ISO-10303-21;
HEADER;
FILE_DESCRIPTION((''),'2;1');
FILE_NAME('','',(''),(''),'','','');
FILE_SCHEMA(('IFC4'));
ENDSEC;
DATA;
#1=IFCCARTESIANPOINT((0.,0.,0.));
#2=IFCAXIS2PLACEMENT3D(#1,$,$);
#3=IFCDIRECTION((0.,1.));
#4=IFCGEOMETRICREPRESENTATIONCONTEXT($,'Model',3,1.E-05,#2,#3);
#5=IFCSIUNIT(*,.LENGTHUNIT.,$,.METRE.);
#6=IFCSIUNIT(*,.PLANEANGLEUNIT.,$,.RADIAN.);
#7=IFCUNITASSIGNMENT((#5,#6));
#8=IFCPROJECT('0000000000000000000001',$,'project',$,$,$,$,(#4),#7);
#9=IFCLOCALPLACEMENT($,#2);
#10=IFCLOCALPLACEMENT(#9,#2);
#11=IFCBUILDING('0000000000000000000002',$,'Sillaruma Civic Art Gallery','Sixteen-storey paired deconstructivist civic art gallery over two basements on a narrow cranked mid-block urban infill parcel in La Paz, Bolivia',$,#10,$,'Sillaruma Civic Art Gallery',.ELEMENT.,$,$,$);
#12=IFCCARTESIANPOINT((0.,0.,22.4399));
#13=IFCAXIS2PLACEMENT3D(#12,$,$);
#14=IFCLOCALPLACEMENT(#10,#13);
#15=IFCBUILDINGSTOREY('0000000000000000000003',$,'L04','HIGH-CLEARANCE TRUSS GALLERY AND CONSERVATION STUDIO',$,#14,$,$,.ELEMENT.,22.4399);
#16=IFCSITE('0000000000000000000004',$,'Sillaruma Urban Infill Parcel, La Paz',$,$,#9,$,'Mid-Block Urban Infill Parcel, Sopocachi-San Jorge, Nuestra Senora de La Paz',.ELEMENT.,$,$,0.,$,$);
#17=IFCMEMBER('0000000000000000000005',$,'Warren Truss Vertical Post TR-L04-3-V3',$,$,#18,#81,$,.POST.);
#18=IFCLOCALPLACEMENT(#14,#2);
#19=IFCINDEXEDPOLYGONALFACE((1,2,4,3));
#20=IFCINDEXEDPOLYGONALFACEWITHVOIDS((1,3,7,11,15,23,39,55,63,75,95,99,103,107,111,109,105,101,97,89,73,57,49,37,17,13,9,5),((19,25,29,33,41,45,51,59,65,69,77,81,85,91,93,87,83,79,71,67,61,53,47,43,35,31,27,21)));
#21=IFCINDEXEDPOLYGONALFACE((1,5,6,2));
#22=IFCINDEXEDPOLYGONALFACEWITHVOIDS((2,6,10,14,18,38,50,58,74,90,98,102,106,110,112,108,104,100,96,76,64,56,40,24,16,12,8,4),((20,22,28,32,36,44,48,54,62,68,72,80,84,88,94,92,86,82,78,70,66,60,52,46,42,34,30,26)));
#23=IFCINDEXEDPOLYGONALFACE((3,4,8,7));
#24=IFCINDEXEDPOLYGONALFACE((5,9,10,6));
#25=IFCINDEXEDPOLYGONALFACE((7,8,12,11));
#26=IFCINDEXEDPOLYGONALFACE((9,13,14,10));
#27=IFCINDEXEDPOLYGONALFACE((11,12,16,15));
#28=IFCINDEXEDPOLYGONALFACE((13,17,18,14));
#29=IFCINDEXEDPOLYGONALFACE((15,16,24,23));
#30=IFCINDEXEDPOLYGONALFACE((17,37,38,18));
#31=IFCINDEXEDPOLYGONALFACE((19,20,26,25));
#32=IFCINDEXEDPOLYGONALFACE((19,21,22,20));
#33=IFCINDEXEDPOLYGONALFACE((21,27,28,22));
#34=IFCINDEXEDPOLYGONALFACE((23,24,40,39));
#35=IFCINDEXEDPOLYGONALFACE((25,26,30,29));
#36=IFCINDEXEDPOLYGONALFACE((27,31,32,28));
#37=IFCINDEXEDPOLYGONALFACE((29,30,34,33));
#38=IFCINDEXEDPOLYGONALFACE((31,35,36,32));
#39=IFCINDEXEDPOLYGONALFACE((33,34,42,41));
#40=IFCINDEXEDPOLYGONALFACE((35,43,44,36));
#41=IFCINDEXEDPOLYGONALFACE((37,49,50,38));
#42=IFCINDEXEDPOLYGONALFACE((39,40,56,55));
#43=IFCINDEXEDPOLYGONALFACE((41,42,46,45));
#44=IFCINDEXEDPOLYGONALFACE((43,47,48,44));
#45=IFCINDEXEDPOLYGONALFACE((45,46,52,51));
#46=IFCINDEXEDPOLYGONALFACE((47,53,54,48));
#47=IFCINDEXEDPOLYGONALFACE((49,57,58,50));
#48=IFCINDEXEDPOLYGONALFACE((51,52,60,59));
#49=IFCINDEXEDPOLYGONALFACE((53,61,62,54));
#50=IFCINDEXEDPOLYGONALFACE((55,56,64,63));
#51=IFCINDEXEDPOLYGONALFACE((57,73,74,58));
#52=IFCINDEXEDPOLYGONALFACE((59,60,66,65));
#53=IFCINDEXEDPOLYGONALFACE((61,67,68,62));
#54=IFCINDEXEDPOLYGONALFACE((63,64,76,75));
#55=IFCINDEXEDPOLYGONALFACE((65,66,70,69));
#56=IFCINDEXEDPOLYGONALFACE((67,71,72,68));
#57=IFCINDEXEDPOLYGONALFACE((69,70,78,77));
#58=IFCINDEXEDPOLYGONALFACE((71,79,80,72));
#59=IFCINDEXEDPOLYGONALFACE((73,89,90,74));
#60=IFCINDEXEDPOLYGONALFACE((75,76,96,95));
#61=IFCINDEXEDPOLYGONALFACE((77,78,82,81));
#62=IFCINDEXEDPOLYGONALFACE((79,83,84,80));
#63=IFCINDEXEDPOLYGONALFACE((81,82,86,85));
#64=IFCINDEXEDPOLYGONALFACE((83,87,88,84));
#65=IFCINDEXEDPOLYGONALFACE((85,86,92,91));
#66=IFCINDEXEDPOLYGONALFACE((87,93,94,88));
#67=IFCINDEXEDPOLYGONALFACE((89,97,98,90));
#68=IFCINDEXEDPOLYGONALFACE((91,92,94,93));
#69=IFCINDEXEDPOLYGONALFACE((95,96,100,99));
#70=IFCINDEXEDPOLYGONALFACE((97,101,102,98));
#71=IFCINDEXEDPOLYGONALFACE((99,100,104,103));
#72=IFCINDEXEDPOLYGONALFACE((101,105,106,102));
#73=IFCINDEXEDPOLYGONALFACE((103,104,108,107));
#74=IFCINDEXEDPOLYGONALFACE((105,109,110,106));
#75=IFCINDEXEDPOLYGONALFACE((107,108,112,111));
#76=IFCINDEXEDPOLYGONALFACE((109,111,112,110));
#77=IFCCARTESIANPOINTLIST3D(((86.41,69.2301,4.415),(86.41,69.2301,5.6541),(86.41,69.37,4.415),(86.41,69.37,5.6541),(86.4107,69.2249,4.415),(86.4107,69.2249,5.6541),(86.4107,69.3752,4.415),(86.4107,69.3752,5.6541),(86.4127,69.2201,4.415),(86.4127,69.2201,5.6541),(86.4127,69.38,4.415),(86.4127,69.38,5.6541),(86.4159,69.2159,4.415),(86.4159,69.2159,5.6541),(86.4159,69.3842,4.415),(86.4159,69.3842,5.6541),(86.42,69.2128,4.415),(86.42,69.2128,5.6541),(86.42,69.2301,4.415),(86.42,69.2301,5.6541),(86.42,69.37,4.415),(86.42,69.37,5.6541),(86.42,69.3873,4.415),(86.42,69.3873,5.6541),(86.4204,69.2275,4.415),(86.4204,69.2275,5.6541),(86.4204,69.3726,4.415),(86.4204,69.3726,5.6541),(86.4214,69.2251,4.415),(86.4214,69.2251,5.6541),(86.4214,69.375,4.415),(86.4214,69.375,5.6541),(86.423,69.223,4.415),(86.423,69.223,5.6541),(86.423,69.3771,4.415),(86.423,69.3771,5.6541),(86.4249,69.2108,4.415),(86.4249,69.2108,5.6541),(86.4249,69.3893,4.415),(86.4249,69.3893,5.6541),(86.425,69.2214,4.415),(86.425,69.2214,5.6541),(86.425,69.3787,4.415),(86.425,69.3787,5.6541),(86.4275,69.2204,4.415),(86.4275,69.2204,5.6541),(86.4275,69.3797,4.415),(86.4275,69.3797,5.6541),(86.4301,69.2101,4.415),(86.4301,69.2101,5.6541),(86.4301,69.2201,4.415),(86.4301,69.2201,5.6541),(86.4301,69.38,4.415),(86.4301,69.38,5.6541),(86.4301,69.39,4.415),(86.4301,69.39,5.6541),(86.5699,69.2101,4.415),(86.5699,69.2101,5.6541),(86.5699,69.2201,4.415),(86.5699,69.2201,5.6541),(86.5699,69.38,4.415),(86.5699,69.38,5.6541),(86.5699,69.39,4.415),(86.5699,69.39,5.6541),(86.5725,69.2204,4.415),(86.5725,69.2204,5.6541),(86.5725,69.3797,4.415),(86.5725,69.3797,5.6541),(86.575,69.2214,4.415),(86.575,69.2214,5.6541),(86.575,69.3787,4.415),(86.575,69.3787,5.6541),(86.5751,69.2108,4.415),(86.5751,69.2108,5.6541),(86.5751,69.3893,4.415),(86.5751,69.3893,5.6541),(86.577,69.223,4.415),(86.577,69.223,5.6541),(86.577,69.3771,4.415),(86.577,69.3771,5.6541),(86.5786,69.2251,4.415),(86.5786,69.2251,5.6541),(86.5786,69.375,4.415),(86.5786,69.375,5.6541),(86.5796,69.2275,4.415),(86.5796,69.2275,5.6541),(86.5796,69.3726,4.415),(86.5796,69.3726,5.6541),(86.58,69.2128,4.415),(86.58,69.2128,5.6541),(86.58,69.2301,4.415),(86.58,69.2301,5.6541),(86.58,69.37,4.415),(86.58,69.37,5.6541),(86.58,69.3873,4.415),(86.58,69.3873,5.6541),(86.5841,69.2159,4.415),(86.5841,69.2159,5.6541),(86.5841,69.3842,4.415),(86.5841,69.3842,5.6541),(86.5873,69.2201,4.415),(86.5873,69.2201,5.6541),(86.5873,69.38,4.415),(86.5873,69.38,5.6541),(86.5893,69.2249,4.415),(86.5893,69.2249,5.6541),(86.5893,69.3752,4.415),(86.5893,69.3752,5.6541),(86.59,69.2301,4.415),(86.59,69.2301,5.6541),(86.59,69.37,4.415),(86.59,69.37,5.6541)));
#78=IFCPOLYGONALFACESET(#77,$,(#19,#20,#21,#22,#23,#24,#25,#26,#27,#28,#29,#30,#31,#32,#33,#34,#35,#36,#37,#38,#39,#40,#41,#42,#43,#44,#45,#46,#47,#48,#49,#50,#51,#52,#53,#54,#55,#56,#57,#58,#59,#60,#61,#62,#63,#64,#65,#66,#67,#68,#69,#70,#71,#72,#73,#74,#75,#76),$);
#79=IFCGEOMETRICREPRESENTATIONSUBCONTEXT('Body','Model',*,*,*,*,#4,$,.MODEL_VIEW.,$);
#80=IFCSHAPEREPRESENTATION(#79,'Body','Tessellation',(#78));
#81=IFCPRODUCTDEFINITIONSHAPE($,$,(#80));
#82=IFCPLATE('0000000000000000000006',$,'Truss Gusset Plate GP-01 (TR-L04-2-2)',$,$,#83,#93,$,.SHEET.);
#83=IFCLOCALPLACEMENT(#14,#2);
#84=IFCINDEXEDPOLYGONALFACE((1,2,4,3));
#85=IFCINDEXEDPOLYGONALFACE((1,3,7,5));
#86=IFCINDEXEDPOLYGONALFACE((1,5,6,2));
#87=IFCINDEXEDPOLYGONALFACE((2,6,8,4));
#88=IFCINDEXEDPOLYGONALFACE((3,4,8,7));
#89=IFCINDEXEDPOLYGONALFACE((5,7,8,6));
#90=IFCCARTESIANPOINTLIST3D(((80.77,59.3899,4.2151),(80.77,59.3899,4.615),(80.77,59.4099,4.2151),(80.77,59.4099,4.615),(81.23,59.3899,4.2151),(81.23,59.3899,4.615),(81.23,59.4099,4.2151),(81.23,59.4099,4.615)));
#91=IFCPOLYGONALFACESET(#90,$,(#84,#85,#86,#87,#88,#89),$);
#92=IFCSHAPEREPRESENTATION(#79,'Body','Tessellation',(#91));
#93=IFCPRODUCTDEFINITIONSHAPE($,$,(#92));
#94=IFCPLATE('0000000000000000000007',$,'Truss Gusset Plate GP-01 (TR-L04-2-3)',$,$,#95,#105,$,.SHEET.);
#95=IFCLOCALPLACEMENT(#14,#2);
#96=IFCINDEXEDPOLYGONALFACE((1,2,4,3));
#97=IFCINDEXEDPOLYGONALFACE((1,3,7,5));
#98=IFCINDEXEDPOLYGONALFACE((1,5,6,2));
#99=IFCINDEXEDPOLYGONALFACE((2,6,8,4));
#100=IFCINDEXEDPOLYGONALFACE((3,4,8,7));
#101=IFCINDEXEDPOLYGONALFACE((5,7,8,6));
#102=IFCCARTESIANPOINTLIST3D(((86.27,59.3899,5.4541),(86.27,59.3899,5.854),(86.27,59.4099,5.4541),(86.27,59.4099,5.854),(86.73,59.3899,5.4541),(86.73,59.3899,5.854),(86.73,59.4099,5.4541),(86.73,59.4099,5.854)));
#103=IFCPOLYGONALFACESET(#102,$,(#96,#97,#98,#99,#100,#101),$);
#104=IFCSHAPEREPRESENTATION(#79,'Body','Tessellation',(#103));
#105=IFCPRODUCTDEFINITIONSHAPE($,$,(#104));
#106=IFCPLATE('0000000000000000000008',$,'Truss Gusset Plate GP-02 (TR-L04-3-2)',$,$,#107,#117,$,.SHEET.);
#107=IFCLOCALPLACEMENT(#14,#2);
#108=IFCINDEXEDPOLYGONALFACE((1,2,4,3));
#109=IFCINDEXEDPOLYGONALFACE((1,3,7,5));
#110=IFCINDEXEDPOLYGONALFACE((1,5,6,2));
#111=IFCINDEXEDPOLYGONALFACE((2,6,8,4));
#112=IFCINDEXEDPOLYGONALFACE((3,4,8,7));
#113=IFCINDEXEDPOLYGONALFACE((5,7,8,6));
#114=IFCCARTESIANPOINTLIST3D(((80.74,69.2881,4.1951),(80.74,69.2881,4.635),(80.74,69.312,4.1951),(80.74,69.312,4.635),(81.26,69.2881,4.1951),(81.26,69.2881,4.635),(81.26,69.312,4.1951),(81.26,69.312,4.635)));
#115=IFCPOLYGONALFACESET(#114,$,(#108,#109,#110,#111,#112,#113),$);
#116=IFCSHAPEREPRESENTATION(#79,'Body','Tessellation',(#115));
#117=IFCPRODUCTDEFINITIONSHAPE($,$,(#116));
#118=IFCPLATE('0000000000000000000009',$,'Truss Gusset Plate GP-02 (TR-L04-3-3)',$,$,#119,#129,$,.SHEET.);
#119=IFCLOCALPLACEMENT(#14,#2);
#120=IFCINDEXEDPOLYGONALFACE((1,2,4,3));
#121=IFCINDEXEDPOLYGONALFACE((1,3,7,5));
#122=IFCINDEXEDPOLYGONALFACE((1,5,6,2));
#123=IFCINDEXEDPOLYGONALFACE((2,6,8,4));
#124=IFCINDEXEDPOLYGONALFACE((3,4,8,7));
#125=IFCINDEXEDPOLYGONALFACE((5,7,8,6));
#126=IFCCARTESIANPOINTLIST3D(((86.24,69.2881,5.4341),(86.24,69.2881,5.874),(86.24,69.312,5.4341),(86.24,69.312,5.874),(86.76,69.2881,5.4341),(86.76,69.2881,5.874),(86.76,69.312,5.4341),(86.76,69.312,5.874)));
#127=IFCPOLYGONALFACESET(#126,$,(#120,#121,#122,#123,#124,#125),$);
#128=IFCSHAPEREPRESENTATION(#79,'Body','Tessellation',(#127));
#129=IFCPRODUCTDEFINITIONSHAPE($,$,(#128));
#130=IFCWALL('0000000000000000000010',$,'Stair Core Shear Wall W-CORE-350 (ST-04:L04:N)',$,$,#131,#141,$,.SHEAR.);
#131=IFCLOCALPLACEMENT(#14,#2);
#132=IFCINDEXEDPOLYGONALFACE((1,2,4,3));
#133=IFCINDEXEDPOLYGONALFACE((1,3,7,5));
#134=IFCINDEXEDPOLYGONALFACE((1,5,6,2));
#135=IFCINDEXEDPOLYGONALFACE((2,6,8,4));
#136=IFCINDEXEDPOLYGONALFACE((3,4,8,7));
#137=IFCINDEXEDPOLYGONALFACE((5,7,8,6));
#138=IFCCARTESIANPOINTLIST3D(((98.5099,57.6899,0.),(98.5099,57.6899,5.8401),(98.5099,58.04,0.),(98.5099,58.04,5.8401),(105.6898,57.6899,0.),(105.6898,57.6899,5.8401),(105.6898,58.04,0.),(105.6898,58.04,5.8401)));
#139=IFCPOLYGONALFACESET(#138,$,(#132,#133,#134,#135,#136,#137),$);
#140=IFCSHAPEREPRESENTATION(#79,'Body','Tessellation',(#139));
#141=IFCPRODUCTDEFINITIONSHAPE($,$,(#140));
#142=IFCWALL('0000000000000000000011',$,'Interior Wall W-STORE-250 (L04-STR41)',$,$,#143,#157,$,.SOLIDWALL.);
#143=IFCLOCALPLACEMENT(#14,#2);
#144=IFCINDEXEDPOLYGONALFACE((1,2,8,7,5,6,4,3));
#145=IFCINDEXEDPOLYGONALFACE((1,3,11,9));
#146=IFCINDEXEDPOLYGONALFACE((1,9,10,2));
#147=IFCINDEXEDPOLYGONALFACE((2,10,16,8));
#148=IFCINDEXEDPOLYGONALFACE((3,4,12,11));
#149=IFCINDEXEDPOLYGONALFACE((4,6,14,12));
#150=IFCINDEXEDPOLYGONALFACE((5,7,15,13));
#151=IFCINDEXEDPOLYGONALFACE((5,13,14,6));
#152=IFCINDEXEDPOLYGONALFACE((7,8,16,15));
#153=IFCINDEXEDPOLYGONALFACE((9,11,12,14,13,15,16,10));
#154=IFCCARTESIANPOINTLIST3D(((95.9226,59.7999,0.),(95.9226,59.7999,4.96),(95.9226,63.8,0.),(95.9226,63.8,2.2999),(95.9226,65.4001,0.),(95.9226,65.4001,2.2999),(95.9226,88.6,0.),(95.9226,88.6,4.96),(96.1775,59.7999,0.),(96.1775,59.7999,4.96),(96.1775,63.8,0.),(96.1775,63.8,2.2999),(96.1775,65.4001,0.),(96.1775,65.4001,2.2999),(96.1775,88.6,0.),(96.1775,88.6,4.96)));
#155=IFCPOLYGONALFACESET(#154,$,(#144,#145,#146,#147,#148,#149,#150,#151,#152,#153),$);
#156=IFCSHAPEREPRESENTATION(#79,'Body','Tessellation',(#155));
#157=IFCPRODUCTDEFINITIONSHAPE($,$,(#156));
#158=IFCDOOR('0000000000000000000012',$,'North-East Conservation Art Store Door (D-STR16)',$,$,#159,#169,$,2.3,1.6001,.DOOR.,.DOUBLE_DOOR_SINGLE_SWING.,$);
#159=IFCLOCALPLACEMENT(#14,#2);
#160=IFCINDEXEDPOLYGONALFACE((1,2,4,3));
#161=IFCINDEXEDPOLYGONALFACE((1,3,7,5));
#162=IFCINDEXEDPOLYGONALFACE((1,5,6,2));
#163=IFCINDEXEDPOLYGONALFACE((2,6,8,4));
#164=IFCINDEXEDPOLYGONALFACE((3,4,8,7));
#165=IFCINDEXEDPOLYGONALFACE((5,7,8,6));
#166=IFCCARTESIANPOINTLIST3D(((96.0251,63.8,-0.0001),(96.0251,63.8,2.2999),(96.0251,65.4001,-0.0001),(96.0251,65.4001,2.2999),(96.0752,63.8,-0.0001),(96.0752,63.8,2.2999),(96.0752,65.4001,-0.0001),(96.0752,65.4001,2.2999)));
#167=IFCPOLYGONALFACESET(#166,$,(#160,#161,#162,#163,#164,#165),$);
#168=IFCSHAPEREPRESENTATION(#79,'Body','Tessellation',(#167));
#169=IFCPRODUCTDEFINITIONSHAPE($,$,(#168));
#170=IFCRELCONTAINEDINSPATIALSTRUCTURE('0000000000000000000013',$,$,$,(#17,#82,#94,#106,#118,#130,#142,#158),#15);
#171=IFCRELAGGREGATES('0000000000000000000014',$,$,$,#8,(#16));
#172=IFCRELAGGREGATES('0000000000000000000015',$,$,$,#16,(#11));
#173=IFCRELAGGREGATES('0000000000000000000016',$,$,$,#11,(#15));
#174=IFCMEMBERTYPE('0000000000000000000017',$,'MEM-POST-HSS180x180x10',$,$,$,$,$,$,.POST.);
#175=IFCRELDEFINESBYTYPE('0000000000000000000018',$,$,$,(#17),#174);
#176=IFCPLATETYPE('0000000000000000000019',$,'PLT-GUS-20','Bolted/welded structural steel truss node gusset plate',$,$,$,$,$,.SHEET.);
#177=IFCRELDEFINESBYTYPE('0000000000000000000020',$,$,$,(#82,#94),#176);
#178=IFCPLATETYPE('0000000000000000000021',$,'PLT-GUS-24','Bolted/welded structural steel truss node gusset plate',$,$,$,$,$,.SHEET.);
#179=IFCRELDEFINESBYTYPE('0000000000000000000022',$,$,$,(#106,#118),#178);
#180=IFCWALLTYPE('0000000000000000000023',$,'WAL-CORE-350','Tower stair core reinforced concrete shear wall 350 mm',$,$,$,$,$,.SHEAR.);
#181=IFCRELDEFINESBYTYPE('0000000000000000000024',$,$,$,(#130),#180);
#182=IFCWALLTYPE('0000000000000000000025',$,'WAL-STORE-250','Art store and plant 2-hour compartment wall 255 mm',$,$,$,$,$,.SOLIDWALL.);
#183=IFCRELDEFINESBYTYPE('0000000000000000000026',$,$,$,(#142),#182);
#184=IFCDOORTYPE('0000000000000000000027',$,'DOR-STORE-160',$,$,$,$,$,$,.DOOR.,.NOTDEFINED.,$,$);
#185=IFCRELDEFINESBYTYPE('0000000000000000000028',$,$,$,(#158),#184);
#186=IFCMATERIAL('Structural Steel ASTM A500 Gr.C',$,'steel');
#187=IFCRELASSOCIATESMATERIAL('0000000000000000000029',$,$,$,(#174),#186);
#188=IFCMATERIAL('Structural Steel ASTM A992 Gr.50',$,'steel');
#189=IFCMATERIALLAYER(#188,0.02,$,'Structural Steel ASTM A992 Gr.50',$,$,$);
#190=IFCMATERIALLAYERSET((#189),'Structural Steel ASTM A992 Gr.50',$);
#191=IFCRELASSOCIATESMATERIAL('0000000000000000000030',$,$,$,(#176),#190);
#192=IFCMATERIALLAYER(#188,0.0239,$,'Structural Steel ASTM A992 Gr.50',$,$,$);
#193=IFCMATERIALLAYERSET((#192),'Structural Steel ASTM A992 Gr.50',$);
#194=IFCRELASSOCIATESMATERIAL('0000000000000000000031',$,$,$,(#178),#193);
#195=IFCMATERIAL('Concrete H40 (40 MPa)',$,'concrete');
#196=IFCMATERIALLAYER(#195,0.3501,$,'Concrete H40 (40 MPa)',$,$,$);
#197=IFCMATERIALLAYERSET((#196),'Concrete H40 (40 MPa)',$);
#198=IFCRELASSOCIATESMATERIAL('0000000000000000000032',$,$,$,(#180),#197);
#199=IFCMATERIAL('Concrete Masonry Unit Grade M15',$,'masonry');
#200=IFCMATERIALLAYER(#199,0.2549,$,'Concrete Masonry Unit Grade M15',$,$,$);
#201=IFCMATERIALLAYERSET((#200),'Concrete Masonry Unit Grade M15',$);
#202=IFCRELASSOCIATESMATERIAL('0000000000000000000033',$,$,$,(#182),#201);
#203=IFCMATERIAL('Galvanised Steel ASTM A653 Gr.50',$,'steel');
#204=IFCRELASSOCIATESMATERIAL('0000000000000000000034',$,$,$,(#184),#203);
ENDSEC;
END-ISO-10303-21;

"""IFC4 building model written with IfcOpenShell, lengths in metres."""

from ifc_helpers import new_model, si_unit, direction, frame, frame_2d, origin, origin_2d, place, context, subcontext, project, spatial, rectangle, hollow_rectangle, extrude, material, layer, layer_set, material_profile, profile_set, type_object, element, fill, save


model = new_model("IFC4")

# Units and contexts
model_context = context("Model", 3, precision=1e-05, world=origin(), true_north=direction((0.0, 1.0)))
body_context = subcontext(model_context, "Body", "Model", "MODEL_VIEW")
ifc_project = project(units=[si_unit("LENGTHUNIT", "METRE"), si_unit("PLANEANGLEUNIT", "RADIAN")], contexts=[model_context])

# Site, building, storey
site_placement = place(None, origin())
site = spatial("IfcSite", under=ifc_project, at=site_placement, Name="Sillaruma Urban Infill Parcel, La Paz", LongName="Mid-Block Urban Infill Parcel, Sopocachi-San Jorge, Nuestra Senora de La Paz", CompositionType="ELEMENT", RefElevation=0.0)
building_placement = place(site_placement, origin())
building = spatial("IfcBuilding", under=site, at=building_placement, Name="Sillaruma Civic Art Gallery", Description="Sixteen-storey paired deconstructivist civic art gallery over two basements on a narrow cranked mid-block urban infill parcel in La Paz, Bolivia", LongName="Sillaruma Civic Art Gallery", CompositionType="ELEMENT")
storey_placement = place(building_placement, frame((0.0, 0.0, 22.4399)))
storey = spatial("IfcBuildingStorey", under=building, at=storey_placement, Name="L04", Description="HIGH-CLEARANCE TRUSS GALLERY AND CONSERVATION STUDIO", CompositionType="ELEMENT", Elevation=22.4399)

# Shared definitions
ifc_material_1 = material(Name="Concrete H40 (40 MPa)", Category="concrete")

# Shared definitions
ifc_material_2 = material(Name="Structural Steel ASTM A992 Gr.50", Category="steel")
ifc_material_3 = material(Name="Structural Steel ASTM A500 Gr.C", Category="steel")

# Member
ifc_material_profile_1 = material_profile(ifc_material_3, hollow_rectangle(XDim=0.1799, YDim=0.1799, WallThickness=0.01, InnerFilletRadius=0.01, OuterFilletRadius=0.02, at=origin_2d()), Name="HSS180x180x10")
ifc_profile_set_1 = profile_set([ifc_material_profile_1], Name="Structural Steel ASTM A500 Gr.C")
member_type_1 = type_object("IfcMemberType", Name="MEM-POST-HSS180x180x10", PredefinedType="POST", material=ifc_profile_set_1)
for number, where, z_axis, x_axis, name in (
    (1, (86.5, 69.3, 4.415), (0.0, 0.0, 1.0), (1.0, 0.0, 0.0), "Warren Truss Vertical Post TR-L04-3-V3"),
):
    element("IfcMember", number, at=place(storey_placement, frame(where, z_axis=z_axis, x_axis=x_axis)), inside=storey, type_object=member_type_1, Name=name, PredefinedType="POST", context=body_context, shape_type="SweptSolid", body=[
        extrude(hollow_rectangle(XDim=0.1799, YDim=0.1799, WallThickness=0.01, InnerFilletRadius=0.01, OuterFilletRadius=0.02, at=origin_2d()), origin(), (0.0, 0.0, 1.0), 1.239),
    ])

# Plates
ifc_layer_1 = layer(ifc_material_2, 0.02, Name="Structural Steel ASTM A992 Gr.50")
ifc_layer_set_1 = layer_set([ifc_layer_1], Name="Structural Steel ASTM A992 Gr.50")
plate_type_1 = type_object("IfcPlateType", Name="PLT-GUS-20", Description="Bolted/welded structural steel truss node gusset plate", PredefinedType="SHEET", material=ifc_layer_set_1)
for number, where, z_axis, x_axis, name in (
    (2, (81.0, 59.3999, 4.2151), (0.0, 0.0, 1.0), (1.0, 0.0, 0.0), "Truss Gusset Plate GP-01 (TR-L04-2-2)"),
    (3, (86.5, 59.3999, 5.4541), (0.0, 0.0, 1.0), (1.0, 0.0, 0.0), "Truss Gusset Plate GP-01 (TR-L04-2-3)"),
):
    element("IfcPlate", number, at=place(storey_placement, frame(where, z_axis=z_axis, x_axis=x_axis)), inside=storey, type_object=plate_type_1, Name=name, PredefinedType="SHEET", context=body_context, shape_type="SweptSolid", body=[
        extrude(rectangle(XDim=0.46, YDim=0.02, at=origin_2d()), origin(), (0.0, 0.0, 1.0), 0.3999),
    ])
ifc_layer_2 = layer(ifc_material_2, 0.0239, Name="Structural Steel ASTM A992 Gr.50")
ifc_layer_set_2 = layer_set([ifc_layer_2], Name="Structural Steel ASTM A992 Gr.50")
plate_type_2 = type_object("IfcPlateType", Name="PLT-GUS-24", Description="Bolted/welded structural steel truss node gusset plate", PredefinedType="SHEET", material=ifc_layer_set_2)
for number, where, z_axis, x_axis, name in (
    (4, (81.0, 69.3, 4.1951), (0.0, 0.0, 1.0), (1.0, 0.0, 0.0), "Truss Gusset Plate GP-02 (TR-L04-3-2)"),
    (5, (86.5, 69.3, 5.4341), (0.0, 0.0, 1.0), (1.0, 0.0, 0.0), "Truss Gusset Plate GP-02 (TR-L04-3-3)"),
):
    element("IfcPlate", number, at=place(storey_placement, frame(where, z_axis=z_axis, x_axis=x_axis)), inside=storey, type_object=plate_type_2, Name=name, PredefinedType="SHEET", context=body_context, shape_type="SweptSolid", body=[
        extrude(rectangle(XDim=0.52, YDim=0.0239, at=origin_2d()), origin(), (0.0, 0.0, 1.0), 0.4399),
    ])

# Wall
ifc_layer_3 = layer(ifc_material_1, 0.3501, Name="Concrete H40 (40 MPa)")
ifc_layer_set_3 = layer_set([ifc_layer_3], Name="Concrete H40 (40 MPa)")
wall_type_1 = type_object("IfcWallType", Name="WAL-CORE-350", Description="Tower stair core reinforced concrete shear wall 350 mm", PredefinedType="SHEAR", material=ifc_layer_set_3)
wall_1_placement = place(storey_placement, frame((98.51, 57.865, 0.0), z_axis=(0.0, 0.0, 1.0), x_axis=(1.0, 0.0, 0.0)))
element("IfcWall", 6, at=wall_1_placement, inside=storey, type_object=wall_type_1, Name="Stair Core Shear Wall W-CORE-350 (ST-04:L04:N)", PredefinedType="SHEAR", context=body_context, shape_type="SweptSolid", body=[
    extrude(rectangle(XDim=7.1799, YDim=0.3501, at=frame_2d((3.5898, 0.0))), origin(), (0.0, 0.0, 1.0), 5.8401),
])

# Wall, opening, door
ifc_material_4 = material(Name="Concrete Masonry Unit Grade M15", Category="masonry")
ifc_layer_4 = layer(ifc_material_4, 0.2549, Name="Concrete Masonry Unit Grade M15")
ifc_layer_set_4 = layer_set([ifc_layer_4], Name="Concrete Masonry Unit Grade M15")
wall_type_2 = type_object("IfcWallType", Name="WAL-STORE-250", Description="Art store and plant 2-hour compartment wall 255 mm", PredefinedType="SOLIDWALL", material=ifc_layer_set_4)
wall_2_placement = place(storey_placement, frame((96.05, 59.8, 0.0), z_axis=(0.0, 0.0, 1.0), x_axis=(0.0, 1.0, 0.0)))
wall_2 = element("IfcWall", 7, at=wall_2_placement, inside=storey, type_object=wall_type_2, Name="Interior Wall W-STORE-250 (L04-STR41)", PredefinedType="SOLIDWALL", context=body_context, shape_type="SweptSolid", body=[
    extrude(rectangle(XDim=28.8, YDim=0.2549, at=frame_2d((14.3999, 0.0))), origin(), (0.0, 0.0, 1.0), 4.96),
])
opening_1_placement = place(wall_2_placement, frame((4.0, 0.0, 0.0)))
opening_1 = element("IfcOpeningElement", 8, at=opening_1_placement, cuts=wall_2, PredefinedType="OPENING", context=body_context, shape_type="SweptSolid", body=[
    extrude(rectangle(XDim=1.6001, YDim=2.3, at=frame_2d((0.8, 1.1499))), frame((0.0, 0.1375, 0.0), z_axis=(0.0, -1.0, 0.0), x_axis=(1.0, 0.0, 0.0)), (0.0, 0.0, 1.0), 0.2749),
])
ifc_material_5 = material(Name="Galvanised Steel ASTM A653 Gr.50", Category="steel")
door_type = type_object("IfcDoorType", Name="DOR-STORE-160", OperationType="NOTDEFINED", PredefinedType="DOOR", material=ifc_material_5)
door_1_placement = place(opening_1_placement, origin())
door_1 = element("IfcDoor", 9, at=door_1_placement, inside=storey, type_object=door_type, Name="North-East Conservation Art Store Door (D-STR16)", OperationType="DOUBLE_DOOR_SINGLE_SWING", OverallHeight=2.3, OverallWidth=1.6001, PredefinedType="DOOR", context=body_context, shape_type="SweptSolid", body=[
    extrude(rectangle(XDim=1.6001, YDim=2.3, at=frame_2d((0.8, 1.1499))), frame((0.0, 0.0249, 0.0), z_axis=(0.0, -1.0, 0.0), x_axis=(1.0, 0.0, 0.0)), (0.0, 0.0, 1.0), 0.05),
])
fill(opening_1, door_1)

save(model, "model.ifc")
